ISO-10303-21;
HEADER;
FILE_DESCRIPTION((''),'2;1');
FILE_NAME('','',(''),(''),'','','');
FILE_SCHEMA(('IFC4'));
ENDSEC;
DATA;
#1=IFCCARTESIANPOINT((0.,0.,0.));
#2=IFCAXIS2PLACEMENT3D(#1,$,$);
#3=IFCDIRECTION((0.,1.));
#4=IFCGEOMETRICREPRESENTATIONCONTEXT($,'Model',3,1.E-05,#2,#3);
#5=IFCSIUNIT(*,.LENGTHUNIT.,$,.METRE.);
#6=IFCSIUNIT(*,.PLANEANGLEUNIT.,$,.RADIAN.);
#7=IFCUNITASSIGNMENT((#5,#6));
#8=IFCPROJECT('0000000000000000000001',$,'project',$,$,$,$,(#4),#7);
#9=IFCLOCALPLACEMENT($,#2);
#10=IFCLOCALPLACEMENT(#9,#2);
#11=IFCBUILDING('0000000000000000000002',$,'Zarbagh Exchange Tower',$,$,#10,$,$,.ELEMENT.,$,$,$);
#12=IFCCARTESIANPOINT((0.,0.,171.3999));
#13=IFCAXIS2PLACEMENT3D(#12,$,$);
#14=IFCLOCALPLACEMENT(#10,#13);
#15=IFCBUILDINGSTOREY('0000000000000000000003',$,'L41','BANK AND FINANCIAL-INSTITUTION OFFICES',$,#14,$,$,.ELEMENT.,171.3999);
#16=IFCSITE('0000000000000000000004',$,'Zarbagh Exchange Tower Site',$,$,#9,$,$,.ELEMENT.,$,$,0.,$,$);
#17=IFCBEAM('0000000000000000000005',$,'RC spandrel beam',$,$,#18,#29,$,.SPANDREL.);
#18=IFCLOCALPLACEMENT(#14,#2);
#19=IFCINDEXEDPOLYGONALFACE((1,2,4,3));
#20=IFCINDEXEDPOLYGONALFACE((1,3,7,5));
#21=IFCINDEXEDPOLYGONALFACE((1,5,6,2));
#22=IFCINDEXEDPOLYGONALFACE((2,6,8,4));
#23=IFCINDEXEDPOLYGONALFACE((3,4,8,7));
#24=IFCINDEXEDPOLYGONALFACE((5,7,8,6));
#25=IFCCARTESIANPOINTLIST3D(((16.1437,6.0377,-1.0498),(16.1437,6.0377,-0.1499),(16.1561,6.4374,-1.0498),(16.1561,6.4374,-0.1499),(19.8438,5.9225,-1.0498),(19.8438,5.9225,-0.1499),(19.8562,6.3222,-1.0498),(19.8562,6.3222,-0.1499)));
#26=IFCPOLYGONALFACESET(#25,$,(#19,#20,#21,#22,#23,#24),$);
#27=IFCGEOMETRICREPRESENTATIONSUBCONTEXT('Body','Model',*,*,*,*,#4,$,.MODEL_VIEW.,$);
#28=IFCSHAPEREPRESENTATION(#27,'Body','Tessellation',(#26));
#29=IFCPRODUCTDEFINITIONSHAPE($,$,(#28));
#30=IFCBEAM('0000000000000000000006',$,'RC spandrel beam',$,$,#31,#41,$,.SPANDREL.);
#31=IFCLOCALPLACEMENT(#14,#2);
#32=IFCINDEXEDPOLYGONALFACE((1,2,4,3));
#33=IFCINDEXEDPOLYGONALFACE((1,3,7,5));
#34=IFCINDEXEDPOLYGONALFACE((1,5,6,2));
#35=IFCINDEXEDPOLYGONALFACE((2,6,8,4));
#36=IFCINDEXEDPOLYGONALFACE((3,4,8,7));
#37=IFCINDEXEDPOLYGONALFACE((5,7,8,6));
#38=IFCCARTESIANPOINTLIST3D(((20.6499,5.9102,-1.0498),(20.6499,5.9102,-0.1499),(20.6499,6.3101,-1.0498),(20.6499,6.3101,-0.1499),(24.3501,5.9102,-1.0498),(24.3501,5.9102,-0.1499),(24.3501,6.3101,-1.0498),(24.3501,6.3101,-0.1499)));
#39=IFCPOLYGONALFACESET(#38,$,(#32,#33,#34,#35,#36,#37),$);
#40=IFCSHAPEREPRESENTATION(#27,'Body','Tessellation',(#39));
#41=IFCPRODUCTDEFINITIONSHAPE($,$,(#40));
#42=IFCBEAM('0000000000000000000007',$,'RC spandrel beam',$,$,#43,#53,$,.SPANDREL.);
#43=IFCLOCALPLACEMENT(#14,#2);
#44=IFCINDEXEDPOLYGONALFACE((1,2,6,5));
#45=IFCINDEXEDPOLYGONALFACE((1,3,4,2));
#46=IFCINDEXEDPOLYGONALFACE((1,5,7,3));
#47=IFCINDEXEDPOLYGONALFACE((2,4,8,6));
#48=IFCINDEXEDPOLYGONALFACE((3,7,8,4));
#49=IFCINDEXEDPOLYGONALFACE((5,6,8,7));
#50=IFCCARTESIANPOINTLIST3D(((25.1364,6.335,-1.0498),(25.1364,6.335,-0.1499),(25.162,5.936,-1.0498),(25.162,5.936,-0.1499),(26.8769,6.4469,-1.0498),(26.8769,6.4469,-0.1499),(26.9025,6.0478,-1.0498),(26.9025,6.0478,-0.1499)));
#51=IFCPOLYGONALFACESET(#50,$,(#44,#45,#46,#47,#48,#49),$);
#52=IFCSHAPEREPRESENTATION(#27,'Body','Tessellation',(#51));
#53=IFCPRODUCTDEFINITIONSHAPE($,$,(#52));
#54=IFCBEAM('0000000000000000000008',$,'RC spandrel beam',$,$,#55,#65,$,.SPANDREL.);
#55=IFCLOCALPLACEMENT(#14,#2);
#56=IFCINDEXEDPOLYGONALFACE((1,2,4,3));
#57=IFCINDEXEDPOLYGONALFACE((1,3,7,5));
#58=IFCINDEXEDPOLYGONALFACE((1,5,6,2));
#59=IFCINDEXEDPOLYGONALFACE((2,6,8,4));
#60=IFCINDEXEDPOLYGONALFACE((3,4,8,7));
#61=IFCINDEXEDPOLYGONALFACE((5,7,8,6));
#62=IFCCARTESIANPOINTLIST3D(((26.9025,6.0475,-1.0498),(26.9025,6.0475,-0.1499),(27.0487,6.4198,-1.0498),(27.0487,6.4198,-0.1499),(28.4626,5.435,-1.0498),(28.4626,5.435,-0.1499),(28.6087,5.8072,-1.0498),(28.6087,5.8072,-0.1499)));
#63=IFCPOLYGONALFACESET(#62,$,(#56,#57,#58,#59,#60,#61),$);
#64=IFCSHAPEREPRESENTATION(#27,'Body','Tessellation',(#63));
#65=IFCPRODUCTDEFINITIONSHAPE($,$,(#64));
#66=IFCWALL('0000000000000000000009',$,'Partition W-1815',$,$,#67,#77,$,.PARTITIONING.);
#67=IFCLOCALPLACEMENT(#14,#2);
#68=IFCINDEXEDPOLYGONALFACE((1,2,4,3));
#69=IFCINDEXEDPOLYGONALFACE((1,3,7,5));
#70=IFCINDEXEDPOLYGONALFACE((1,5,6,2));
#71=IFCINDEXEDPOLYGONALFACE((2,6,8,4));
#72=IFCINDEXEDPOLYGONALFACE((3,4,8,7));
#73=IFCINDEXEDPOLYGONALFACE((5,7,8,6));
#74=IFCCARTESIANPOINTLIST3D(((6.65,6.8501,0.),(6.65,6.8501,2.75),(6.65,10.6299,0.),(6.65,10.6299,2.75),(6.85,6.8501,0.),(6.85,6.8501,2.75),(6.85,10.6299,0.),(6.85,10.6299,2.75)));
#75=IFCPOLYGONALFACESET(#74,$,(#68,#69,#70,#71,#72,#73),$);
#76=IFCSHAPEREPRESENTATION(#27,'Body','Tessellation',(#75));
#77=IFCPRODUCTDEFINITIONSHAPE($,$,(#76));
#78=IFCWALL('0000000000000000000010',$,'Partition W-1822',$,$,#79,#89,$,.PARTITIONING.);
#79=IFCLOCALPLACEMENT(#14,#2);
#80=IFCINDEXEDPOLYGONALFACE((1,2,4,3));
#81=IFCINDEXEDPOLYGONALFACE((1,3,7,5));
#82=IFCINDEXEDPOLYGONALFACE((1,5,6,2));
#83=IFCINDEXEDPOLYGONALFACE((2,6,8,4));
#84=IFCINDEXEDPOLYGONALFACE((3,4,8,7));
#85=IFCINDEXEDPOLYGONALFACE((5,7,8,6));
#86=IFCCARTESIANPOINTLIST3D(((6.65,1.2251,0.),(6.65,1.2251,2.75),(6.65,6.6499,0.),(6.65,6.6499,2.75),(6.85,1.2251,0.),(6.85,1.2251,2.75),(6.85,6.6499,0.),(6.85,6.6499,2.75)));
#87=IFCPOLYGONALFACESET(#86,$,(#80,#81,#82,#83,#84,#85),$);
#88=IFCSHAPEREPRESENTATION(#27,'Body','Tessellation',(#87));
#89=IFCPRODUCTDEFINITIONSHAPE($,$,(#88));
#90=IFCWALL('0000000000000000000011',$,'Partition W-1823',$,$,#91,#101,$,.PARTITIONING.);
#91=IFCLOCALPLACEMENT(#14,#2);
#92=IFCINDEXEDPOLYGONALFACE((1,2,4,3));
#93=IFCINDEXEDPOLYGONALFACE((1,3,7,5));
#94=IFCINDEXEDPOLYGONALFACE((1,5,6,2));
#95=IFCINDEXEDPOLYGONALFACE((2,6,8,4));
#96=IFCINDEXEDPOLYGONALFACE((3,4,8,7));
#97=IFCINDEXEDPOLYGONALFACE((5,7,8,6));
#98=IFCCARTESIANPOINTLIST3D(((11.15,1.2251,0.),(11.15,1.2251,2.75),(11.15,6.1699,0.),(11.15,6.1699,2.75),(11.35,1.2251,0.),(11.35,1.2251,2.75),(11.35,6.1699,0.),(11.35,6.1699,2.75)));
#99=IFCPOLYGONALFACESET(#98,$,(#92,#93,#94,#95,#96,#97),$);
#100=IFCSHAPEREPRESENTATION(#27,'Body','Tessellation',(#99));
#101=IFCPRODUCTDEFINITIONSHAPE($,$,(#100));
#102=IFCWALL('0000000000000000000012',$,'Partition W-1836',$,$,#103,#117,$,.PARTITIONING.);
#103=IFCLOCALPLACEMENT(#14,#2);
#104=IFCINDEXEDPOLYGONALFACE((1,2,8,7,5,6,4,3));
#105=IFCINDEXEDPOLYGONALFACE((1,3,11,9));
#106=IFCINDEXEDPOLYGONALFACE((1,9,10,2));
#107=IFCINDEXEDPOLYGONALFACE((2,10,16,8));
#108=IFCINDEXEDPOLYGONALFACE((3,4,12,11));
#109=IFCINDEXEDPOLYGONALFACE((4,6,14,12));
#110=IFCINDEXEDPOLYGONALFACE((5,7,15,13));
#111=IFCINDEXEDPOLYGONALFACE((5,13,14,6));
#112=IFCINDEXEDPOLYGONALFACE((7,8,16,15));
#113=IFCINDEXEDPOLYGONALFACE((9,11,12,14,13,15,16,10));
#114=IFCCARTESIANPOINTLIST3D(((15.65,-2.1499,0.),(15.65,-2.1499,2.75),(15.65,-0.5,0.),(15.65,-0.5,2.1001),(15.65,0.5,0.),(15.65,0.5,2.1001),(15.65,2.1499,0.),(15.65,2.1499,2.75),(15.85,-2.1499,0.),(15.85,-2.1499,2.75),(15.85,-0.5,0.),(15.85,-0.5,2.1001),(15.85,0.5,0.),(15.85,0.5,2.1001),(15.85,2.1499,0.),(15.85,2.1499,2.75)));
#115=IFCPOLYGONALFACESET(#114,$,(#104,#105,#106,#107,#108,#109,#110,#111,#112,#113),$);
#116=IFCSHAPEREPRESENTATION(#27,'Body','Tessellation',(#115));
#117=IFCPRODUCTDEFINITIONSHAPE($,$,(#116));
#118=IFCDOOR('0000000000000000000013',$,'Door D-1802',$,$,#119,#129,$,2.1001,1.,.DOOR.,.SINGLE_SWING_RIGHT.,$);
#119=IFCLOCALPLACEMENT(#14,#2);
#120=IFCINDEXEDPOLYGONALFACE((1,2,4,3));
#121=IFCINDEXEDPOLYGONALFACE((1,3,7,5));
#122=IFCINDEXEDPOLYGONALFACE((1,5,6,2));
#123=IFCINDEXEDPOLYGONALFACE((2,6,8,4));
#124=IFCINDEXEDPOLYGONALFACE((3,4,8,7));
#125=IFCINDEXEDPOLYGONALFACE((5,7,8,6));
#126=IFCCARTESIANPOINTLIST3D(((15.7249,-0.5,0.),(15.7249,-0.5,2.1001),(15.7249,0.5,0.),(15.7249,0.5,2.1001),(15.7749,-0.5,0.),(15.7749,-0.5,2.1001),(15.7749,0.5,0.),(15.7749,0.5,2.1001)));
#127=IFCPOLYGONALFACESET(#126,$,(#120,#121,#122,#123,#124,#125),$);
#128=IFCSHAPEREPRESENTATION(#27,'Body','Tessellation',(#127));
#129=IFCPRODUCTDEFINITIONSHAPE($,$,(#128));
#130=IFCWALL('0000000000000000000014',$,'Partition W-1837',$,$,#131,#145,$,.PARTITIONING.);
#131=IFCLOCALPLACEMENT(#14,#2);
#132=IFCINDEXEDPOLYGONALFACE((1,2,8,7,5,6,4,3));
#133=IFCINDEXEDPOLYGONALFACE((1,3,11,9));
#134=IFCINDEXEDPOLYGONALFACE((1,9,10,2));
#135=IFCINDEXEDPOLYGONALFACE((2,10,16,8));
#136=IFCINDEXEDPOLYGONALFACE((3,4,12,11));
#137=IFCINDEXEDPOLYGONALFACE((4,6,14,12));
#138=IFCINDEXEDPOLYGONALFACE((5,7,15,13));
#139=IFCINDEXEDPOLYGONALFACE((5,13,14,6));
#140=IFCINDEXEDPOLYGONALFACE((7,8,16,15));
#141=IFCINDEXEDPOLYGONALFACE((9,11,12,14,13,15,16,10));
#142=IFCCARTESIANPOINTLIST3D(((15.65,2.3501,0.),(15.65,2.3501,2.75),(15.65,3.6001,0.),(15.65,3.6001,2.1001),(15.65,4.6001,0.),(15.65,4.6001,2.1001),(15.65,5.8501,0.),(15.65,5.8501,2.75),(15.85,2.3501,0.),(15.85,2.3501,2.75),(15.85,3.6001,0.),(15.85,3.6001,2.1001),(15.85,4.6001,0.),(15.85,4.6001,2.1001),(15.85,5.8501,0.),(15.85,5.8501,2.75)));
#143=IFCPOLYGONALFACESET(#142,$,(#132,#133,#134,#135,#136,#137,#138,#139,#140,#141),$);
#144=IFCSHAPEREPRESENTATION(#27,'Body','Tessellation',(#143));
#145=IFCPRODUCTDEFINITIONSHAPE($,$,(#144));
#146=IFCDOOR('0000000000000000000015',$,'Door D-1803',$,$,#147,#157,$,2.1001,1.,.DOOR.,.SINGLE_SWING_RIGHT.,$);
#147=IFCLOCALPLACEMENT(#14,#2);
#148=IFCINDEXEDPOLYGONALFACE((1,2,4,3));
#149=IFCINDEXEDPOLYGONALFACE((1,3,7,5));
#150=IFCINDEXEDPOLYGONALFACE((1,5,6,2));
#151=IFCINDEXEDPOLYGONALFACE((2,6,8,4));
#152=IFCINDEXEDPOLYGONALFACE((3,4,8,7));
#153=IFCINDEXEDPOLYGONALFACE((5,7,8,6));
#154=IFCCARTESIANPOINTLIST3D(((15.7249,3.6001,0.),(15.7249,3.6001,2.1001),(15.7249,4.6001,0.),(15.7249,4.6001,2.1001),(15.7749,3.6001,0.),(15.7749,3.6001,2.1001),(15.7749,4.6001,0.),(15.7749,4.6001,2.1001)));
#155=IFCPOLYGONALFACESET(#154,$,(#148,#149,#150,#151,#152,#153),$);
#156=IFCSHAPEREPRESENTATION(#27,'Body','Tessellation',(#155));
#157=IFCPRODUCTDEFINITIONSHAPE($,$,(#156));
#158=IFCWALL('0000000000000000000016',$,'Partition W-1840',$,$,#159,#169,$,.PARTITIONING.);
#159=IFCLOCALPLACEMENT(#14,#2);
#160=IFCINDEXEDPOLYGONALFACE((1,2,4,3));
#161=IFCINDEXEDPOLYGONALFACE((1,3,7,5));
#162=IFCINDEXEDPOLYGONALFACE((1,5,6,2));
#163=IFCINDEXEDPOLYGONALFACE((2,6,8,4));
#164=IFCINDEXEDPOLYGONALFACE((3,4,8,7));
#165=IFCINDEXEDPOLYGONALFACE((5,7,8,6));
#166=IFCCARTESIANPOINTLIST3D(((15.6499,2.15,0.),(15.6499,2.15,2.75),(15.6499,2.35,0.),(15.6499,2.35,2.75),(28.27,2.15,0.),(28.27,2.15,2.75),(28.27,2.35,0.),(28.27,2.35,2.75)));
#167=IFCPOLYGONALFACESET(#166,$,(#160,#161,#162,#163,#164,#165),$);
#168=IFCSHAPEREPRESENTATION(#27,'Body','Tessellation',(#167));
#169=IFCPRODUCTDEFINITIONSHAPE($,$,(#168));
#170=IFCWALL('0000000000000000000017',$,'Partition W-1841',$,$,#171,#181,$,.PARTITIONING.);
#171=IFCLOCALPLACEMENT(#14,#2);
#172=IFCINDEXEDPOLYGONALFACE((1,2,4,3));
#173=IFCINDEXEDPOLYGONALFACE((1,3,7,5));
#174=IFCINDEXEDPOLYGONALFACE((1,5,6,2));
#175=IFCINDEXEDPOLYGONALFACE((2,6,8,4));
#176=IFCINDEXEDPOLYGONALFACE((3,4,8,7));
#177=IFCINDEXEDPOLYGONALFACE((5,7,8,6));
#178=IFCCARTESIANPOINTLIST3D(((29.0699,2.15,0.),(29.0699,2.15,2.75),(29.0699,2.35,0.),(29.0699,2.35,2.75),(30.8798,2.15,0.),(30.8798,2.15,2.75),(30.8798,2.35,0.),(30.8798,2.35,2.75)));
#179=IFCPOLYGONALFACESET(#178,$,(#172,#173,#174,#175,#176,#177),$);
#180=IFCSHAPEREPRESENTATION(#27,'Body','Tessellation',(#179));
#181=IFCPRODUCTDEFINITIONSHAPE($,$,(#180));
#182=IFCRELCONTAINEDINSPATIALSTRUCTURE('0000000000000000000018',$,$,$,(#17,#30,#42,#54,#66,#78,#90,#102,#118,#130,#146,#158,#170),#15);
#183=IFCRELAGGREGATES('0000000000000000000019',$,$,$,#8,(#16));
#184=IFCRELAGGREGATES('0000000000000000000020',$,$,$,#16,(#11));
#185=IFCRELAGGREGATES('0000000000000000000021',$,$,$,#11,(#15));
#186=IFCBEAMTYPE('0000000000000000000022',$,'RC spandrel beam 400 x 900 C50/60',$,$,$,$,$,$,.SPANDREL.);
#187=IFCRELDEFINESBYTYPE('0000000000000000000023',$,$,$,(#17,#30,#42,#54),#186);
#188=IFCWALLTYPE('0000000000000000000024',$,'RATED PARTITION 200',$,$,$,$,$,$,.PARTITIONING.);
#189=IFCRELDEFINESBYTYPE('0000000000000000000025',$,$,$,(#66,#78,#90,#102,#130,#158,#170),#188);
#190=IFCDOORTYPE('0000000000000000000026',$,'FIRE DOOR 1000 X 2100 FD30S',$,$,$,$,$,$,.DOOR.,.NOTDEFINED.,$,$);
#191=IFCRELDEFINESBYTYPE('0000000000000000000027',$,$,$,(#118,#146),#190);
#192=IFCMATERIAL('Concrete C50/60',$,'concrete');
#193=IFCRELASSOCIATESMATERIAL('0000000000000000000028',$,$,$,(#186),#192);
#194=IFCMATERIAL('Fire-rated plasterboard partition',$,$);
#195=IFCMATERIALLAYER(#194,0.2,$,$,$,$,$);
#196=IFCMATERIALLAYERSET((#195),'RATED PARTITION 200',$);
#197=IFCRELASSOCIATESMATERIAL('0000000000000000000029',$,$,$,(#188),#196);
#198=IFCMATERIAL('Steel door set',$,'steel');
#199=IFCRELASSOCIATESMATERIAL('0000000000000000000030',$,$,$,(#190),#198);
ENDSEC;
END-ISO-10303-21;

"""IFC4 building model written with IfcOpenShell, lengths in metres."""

from ifc_helpers import new_model, si_unit, direction, frame, frame_2d, origin, origin_2d, place, context, subcontext, project, spatial, rectangle, extrude, material, layer, layer_set, material_profile, profile_set, type_object, element, fill, save


model = new_model("IFC4")

# Units and contexts
model_context = context("Model", 3, precision=1e-05, world=origin(), true_north=direction((0.0, 1.0)))
body_context = subcontext(model_context, "Body", "Model", "MODEL_VIEW")
ifc_project = project(units=[si_unit("LENGTHUNIT", "METRE"), si_unit("PLANEANGLEUNIT", "RADIAN")], contexts=[model_context])

# Site, building, storey
site_placement = place(None, origin())
site = spatial("IfcSite", under=ifc_project, at=site_placement, Name="Zarbagh Exchange Tower Site", CompositionType="ELEMENT", RefElevation=0.0)
building_placement = place(site_placement, origin())
building = spatial("IfcBuilding", under=site, at=building_placement, Name="Zarbagh Exchange Tower", CompositionType="ELEMENT")
storey_placement = place(building_placement, frame((0.0, 0.0, 171.3999)))
storey = spatial("IfcBuildingStorey", under=building, at=storey_placement, Name="L41", Description="BANK AND FINANCIAL-INSTITUTION OFFICES", CompositionType="ELEMENT", Elevation=171.3999)

# Shared definitions
ifc_material_1 = material(Name="Concrete C50/60", Category="concrete")

# Beams
ifc_material_profile_1 = material_profile(ifc_material_1, rectangle(XDim=0.3999, YDim=0.8999, at=origin_2d()), Name="RC spandrel beam 400 x 900 C50/60")
ifc_profile_set_1 = profile_set([ifc_material_profile_1], Name="Concrete C50/60")
beam_type_1 = type_object("IfcBeamType", Name="RC spandrel beam 400 x 900 C50/60", PredefinedType="SPANDREL", material=ifc_profile_set_1)
beam_1_placement = place(storey_placement, frame((16.1499, 6.2375, -0.5999), z_axis=(0.999515, -0.031128, 0.0), x_axis=(0.031128, 0.999515, 0.0)))
element("IfcBeam", 1, at=beam_1_placement, inside=storey, type_object=beam_type_1, Name="RC spandrel beam", PredefinedType="SPANDREL", context=body_context, shape_type="SweptSolid", body=[
    extrude(rectangle(XDim=0.3999, YDim=0.8999, at=origin_2d()), origin(), (0.0, 0.0, 1.0), 3.7019),
])
beam_2_placement = place(storey_placement, frame((20.6499, 6.1101, -0.5999), z_axis=(1.0, 0.0, 0.0), x_axis=(0.0, 1.0, 0.0)))
element("IfcBeam", 2, at=beam_2_placement, inside=storey, type_object=beam_type_1, Name="RC spandrel beam", PredefinedType="SPANDREL", context=body_context, shape_type="SweptSolid", body=[
    extrude(rectangle(XDim=0.3999, YDim=0.8999, at=origin_2d()), origin(), (0.0, 0.0, 1.0), 3.7002),
])
beam_3_placement = place(storey_placement, frame((25.1492, 6.1355, -0.5999), z_axis=(0.997943, 0.064112, 0.0), x_axis=(-0.064112, 0.997943, 0.0)))
element("IfcBeam", 3, at=beam_3_placement, inside=storey, type_object=beam_type_1, Name="RC spandrel beam", PredefinedType="SPANDREL", context=body_context, shape_type="SweptSolid", body=[
    extrude(rectangle(XDim=0.3999, YDim=0.8999, at=origin_2d()), origin(), (0.0, 0.0, 1.0), 1.7441),
])
beam_4_placement = place(storey_placement, frame((26.9756, 6.2336, -0.5999), z_axis=(0.930819, -0.365481, 0.0), x_axis=(0.365481, 0.930819, 0.0)))
element("IfcBeam", 4, at=beam_4_placement, inside=storey, type_object=beam_type_1, Name="RC spandrel beam", PredefinedType="SPANDREL", context=body_context, shape_type="SweptSolid", body=[
    extrude(rectangle(XDim=0.3999, YDim=0.8999, at=origin_2d()), origin(), (0.0, 0.0, 1.0), 1.676),
])

# Walls
ifc_material_2 = material(Name="Fire-rated plasterboard partition")
ifc_layer = layer(ifc_material_2, 0.2)
ifc_layer_set = layer_set([ifc_layer], Name="RATED PARTITION 200")
wall_type = type_object("IfcWallType", Name="RATED PARTITION 200", PredefinedType="PARTITIONING", material=ifc_layer_set)
wall_1_placement = place(storey_placement, frame((6.75, 6.8501, 0.0), z_axis=(0.0, 0.0, 1.0), x_axis=(0.0, 1.0, 0.0)))
element("IfcWall", 5, at=wall_1_placement, inside=storey, type_object=wall_type, Name="Partition W-1815", PredefinedType="PARTITIONING", context=body_context, shape_type="SweptSolid", body=[
    extrude(rectangle(XDim=3.7798, YDim=0.2, at=frame_2d((1.8899, 0.0))), origin(), (0.0, 0.0, 1.0), 2.75),
])
wall_2_placement = place(storey_placement, frame((6.75, 1.2251, 0.0), z_axis=(0.0, 0.0, 1.0), x_axis=(0.0, 1.0, 0.0)))
element("IfcWall", 6, at=wall_2_placement, inside=storey, type_object=wall_type, Name="Partition W-1822", PredefinedType="PARTITIONING", context=body_context, shape_type="SweptSolid", body=[
    extrude(rectangle(XDim=5.4248, YDim=0.2, at=frame_2d((2.7124, 0.0))), origin(), (0.0, 0.0, 1.0), 2.75),
])
wall_3_placement = place(storey_placement, frame((11.25, 1.2251, 0.0), z_axis=(0.0, 0.0, 1.0), x_axis=(0.0, 1.0, 0.0)))
element("IfcWall", 7, at=wall_3_placement, inside=storey, type_object=wall_type, Name="Partition W-1823", PredefinedType="PARTITIONING", context=body_context, shape_type="SweptSolid", body=[
    extrude(rectangle(XDim=4.9448, YDim=0.2, at=frame_2d((2.4724, 0.0))), origin(), (0.0, 0.0, 1.0), 2.75),
])

# Walls, openings, doors
wall_4_placement = place(storey_placement, frame((15.75, 2.1499, 0.0), z_axis=(0.0, 0.0, 1.0), x_axis=(0.0, -1.0, 0.0)))
wall_4 = element("IfcWall", 8, at=wall_4_placement, inside=storey, type_object=wall_type, Name="Partition W-1836", PredefinedType="PARTITIONING", context=body_context, shape_type="SweptSolid", body=[
    extrude(rectangle(XDim=4.2998, YDim=0.2, at=frame_2d((2.1499, 0.0))), origin(), (0.0, 0.0, 1.0), 2.75),
])
opening_1_placement = place(wall_4_placement, frame((1.6499, 0.0, 0.0)))
opening_1 = element("IfcOpeningElement", 9, at=opening_1_placement, cuts=wall_4, PredefinedType="OPENING", context=body_context, shape_type="SweptSolid", body=[
    extrude(rectangle(XDim=1.0, YDim=2.1001, at=frame_2d((0.5, 1.05))), frame((0.0, 0.1099, 0.0), z_axis=(0.0, -1.0, 0.0), x_axis=(1.0, 0.0, 0.0)), (0.0, 0.0, 1.0), 0.22),
])
ifc_material_3 = material(Name="Steel door set", Category="steel")
door_type = type_object("IfcDoorType", Name="FIRE DOOR 1000 X 2100 FD30S", OperationType="NOTDEFINED", PredefinedType="DOOR", material=ifc_material_3)
door_1_placement = place(opening_1_placement, origin())
door_1 = element("IfcDoor", 10, at=door_1_placement, inside=storey, type_object=door_type, Name="Door D-1802", OperationType="SINGLE_SWING_RIGHT", OverallHeight=2.1001, OverallWidth=1.0, PredefinedType="DOOR", context=body_context, shape_type="SweptSolid", body=[
    extrude(rectangle(XDim=1.0, YDim=2.1001, at=frame_2d((0.5, 1.05))), frame((0.0, 0.0249, 0.0), z_axis=(0.0, -1.0, 0.0), x_axis=(1.0, 0.0, 0.0)), (0.0, 0.0, 1.0), 0.05),
])
fill(opening_1, door_1)
wall_5_placement = place(storey_placement, frame((15.75, 5.8501, 0.0), z_axis=(0.0, 0.0, 1.0), x_axis=(0.0, -1.0, 0.0)))
wall_5 = element("IfcWall", 11, at=wall_5_placement, inside=storey, type_object=wall_type, Name="Partition W-1837", PredefinedType="PARTITIONING", context=body_context, shape_type="SweptSolid", body=[
    extrude(rectangle(XDim=3.5, YDim=0.2, at=frame_2d((1.75, 0.0))), origin(), (0.0, 0.0, 1.0), 2.75),
])
opening_2_placement = place(wall_5_placement, frame((1.25, 0.0, 0.0)))
opening_2 = element("IfcOpeningElement", 12, at=opening_2_placement, cuts=wall_5, PredefinedType="OPENING", context=body_context, shape_type="SweptSolid", body=[
    extrude(rectangle(XDim=1.0, YDim=2.1001, at=frame_2d((0.5, 1.05))), frame((0.0, 0.1099, 0.0), z_axis=(0.0, -1.0, 0.0), x_axis=(1.0, 0.0, 0.0)), (0.0, 0.0, 1.0), 0.22),
])
door_2_placement = place(opening_2_placement, origin())
door_2 = element("IfcDoor", 13, at=door_2_placement, inside=storey, type_object=door_type, Name="Door D-1803", OperationType="SINGLE_SWING_RIGHT", OverallHeight=2.1001, OverallWidth=1.0, PredefinedType="DOOR", context=body_context, shape_type="SweptSolid", body=[
    extrude(rectangle(XDim=1.0, YDim=2.1001, at=frame_2d((0.5, 1.05))), frame((0.0, 0.0249, 0.0), z_axis=(0.0, -1.0, 0.0), x_axis=(1.0, 0.0, 0.0)), (0.0, 0.0, 1.0), 0.05),
])
fill(opening_2, door_2)

# Walls
wall_6_placement = place(storey_placement, frame((15.6499, 2.25, 0.0), z_axis=(0.0, 0.0, 1.0), x_axis=(1.0, 0.0, 0.0)))
element("IfcWall", 14, at=wall_6_placement, inside=storey, type_object=wall_type, Name="Partition W-1840", PredefinedType="PARTITIONING", context=body_context, shape_type="SweptSolid", body=[
    extrude(rectangle(XDim=12.6201, YDim=0.2, at=frame_2d((6.3101, 0.0))), origin(), (0.0, 0.0, 1.0), 2.75),
])
wall_7_placement = place(storey_placement, frame((29.0701, 2.25, 0.0), z_axis=(0.0, 0.0, 1.0), x_axis=(1.0, 0.0, 0.0)))
element("IfcWall", 15, at=wall_7_placement, inside=storey, type_object=wall_type, Name="Partition W-1841", PredefinedType="PARTITIONING", context=body_context, shape_type="SweptSolid", body=[
    extrude(rectangle(XDim=1.8098, YDim=0.2, at=frame_2d((0.9048, 0.0))), origin(), (0.0, 0.0, 1.0), 2.75),
])

save(model, "model.ifc")
